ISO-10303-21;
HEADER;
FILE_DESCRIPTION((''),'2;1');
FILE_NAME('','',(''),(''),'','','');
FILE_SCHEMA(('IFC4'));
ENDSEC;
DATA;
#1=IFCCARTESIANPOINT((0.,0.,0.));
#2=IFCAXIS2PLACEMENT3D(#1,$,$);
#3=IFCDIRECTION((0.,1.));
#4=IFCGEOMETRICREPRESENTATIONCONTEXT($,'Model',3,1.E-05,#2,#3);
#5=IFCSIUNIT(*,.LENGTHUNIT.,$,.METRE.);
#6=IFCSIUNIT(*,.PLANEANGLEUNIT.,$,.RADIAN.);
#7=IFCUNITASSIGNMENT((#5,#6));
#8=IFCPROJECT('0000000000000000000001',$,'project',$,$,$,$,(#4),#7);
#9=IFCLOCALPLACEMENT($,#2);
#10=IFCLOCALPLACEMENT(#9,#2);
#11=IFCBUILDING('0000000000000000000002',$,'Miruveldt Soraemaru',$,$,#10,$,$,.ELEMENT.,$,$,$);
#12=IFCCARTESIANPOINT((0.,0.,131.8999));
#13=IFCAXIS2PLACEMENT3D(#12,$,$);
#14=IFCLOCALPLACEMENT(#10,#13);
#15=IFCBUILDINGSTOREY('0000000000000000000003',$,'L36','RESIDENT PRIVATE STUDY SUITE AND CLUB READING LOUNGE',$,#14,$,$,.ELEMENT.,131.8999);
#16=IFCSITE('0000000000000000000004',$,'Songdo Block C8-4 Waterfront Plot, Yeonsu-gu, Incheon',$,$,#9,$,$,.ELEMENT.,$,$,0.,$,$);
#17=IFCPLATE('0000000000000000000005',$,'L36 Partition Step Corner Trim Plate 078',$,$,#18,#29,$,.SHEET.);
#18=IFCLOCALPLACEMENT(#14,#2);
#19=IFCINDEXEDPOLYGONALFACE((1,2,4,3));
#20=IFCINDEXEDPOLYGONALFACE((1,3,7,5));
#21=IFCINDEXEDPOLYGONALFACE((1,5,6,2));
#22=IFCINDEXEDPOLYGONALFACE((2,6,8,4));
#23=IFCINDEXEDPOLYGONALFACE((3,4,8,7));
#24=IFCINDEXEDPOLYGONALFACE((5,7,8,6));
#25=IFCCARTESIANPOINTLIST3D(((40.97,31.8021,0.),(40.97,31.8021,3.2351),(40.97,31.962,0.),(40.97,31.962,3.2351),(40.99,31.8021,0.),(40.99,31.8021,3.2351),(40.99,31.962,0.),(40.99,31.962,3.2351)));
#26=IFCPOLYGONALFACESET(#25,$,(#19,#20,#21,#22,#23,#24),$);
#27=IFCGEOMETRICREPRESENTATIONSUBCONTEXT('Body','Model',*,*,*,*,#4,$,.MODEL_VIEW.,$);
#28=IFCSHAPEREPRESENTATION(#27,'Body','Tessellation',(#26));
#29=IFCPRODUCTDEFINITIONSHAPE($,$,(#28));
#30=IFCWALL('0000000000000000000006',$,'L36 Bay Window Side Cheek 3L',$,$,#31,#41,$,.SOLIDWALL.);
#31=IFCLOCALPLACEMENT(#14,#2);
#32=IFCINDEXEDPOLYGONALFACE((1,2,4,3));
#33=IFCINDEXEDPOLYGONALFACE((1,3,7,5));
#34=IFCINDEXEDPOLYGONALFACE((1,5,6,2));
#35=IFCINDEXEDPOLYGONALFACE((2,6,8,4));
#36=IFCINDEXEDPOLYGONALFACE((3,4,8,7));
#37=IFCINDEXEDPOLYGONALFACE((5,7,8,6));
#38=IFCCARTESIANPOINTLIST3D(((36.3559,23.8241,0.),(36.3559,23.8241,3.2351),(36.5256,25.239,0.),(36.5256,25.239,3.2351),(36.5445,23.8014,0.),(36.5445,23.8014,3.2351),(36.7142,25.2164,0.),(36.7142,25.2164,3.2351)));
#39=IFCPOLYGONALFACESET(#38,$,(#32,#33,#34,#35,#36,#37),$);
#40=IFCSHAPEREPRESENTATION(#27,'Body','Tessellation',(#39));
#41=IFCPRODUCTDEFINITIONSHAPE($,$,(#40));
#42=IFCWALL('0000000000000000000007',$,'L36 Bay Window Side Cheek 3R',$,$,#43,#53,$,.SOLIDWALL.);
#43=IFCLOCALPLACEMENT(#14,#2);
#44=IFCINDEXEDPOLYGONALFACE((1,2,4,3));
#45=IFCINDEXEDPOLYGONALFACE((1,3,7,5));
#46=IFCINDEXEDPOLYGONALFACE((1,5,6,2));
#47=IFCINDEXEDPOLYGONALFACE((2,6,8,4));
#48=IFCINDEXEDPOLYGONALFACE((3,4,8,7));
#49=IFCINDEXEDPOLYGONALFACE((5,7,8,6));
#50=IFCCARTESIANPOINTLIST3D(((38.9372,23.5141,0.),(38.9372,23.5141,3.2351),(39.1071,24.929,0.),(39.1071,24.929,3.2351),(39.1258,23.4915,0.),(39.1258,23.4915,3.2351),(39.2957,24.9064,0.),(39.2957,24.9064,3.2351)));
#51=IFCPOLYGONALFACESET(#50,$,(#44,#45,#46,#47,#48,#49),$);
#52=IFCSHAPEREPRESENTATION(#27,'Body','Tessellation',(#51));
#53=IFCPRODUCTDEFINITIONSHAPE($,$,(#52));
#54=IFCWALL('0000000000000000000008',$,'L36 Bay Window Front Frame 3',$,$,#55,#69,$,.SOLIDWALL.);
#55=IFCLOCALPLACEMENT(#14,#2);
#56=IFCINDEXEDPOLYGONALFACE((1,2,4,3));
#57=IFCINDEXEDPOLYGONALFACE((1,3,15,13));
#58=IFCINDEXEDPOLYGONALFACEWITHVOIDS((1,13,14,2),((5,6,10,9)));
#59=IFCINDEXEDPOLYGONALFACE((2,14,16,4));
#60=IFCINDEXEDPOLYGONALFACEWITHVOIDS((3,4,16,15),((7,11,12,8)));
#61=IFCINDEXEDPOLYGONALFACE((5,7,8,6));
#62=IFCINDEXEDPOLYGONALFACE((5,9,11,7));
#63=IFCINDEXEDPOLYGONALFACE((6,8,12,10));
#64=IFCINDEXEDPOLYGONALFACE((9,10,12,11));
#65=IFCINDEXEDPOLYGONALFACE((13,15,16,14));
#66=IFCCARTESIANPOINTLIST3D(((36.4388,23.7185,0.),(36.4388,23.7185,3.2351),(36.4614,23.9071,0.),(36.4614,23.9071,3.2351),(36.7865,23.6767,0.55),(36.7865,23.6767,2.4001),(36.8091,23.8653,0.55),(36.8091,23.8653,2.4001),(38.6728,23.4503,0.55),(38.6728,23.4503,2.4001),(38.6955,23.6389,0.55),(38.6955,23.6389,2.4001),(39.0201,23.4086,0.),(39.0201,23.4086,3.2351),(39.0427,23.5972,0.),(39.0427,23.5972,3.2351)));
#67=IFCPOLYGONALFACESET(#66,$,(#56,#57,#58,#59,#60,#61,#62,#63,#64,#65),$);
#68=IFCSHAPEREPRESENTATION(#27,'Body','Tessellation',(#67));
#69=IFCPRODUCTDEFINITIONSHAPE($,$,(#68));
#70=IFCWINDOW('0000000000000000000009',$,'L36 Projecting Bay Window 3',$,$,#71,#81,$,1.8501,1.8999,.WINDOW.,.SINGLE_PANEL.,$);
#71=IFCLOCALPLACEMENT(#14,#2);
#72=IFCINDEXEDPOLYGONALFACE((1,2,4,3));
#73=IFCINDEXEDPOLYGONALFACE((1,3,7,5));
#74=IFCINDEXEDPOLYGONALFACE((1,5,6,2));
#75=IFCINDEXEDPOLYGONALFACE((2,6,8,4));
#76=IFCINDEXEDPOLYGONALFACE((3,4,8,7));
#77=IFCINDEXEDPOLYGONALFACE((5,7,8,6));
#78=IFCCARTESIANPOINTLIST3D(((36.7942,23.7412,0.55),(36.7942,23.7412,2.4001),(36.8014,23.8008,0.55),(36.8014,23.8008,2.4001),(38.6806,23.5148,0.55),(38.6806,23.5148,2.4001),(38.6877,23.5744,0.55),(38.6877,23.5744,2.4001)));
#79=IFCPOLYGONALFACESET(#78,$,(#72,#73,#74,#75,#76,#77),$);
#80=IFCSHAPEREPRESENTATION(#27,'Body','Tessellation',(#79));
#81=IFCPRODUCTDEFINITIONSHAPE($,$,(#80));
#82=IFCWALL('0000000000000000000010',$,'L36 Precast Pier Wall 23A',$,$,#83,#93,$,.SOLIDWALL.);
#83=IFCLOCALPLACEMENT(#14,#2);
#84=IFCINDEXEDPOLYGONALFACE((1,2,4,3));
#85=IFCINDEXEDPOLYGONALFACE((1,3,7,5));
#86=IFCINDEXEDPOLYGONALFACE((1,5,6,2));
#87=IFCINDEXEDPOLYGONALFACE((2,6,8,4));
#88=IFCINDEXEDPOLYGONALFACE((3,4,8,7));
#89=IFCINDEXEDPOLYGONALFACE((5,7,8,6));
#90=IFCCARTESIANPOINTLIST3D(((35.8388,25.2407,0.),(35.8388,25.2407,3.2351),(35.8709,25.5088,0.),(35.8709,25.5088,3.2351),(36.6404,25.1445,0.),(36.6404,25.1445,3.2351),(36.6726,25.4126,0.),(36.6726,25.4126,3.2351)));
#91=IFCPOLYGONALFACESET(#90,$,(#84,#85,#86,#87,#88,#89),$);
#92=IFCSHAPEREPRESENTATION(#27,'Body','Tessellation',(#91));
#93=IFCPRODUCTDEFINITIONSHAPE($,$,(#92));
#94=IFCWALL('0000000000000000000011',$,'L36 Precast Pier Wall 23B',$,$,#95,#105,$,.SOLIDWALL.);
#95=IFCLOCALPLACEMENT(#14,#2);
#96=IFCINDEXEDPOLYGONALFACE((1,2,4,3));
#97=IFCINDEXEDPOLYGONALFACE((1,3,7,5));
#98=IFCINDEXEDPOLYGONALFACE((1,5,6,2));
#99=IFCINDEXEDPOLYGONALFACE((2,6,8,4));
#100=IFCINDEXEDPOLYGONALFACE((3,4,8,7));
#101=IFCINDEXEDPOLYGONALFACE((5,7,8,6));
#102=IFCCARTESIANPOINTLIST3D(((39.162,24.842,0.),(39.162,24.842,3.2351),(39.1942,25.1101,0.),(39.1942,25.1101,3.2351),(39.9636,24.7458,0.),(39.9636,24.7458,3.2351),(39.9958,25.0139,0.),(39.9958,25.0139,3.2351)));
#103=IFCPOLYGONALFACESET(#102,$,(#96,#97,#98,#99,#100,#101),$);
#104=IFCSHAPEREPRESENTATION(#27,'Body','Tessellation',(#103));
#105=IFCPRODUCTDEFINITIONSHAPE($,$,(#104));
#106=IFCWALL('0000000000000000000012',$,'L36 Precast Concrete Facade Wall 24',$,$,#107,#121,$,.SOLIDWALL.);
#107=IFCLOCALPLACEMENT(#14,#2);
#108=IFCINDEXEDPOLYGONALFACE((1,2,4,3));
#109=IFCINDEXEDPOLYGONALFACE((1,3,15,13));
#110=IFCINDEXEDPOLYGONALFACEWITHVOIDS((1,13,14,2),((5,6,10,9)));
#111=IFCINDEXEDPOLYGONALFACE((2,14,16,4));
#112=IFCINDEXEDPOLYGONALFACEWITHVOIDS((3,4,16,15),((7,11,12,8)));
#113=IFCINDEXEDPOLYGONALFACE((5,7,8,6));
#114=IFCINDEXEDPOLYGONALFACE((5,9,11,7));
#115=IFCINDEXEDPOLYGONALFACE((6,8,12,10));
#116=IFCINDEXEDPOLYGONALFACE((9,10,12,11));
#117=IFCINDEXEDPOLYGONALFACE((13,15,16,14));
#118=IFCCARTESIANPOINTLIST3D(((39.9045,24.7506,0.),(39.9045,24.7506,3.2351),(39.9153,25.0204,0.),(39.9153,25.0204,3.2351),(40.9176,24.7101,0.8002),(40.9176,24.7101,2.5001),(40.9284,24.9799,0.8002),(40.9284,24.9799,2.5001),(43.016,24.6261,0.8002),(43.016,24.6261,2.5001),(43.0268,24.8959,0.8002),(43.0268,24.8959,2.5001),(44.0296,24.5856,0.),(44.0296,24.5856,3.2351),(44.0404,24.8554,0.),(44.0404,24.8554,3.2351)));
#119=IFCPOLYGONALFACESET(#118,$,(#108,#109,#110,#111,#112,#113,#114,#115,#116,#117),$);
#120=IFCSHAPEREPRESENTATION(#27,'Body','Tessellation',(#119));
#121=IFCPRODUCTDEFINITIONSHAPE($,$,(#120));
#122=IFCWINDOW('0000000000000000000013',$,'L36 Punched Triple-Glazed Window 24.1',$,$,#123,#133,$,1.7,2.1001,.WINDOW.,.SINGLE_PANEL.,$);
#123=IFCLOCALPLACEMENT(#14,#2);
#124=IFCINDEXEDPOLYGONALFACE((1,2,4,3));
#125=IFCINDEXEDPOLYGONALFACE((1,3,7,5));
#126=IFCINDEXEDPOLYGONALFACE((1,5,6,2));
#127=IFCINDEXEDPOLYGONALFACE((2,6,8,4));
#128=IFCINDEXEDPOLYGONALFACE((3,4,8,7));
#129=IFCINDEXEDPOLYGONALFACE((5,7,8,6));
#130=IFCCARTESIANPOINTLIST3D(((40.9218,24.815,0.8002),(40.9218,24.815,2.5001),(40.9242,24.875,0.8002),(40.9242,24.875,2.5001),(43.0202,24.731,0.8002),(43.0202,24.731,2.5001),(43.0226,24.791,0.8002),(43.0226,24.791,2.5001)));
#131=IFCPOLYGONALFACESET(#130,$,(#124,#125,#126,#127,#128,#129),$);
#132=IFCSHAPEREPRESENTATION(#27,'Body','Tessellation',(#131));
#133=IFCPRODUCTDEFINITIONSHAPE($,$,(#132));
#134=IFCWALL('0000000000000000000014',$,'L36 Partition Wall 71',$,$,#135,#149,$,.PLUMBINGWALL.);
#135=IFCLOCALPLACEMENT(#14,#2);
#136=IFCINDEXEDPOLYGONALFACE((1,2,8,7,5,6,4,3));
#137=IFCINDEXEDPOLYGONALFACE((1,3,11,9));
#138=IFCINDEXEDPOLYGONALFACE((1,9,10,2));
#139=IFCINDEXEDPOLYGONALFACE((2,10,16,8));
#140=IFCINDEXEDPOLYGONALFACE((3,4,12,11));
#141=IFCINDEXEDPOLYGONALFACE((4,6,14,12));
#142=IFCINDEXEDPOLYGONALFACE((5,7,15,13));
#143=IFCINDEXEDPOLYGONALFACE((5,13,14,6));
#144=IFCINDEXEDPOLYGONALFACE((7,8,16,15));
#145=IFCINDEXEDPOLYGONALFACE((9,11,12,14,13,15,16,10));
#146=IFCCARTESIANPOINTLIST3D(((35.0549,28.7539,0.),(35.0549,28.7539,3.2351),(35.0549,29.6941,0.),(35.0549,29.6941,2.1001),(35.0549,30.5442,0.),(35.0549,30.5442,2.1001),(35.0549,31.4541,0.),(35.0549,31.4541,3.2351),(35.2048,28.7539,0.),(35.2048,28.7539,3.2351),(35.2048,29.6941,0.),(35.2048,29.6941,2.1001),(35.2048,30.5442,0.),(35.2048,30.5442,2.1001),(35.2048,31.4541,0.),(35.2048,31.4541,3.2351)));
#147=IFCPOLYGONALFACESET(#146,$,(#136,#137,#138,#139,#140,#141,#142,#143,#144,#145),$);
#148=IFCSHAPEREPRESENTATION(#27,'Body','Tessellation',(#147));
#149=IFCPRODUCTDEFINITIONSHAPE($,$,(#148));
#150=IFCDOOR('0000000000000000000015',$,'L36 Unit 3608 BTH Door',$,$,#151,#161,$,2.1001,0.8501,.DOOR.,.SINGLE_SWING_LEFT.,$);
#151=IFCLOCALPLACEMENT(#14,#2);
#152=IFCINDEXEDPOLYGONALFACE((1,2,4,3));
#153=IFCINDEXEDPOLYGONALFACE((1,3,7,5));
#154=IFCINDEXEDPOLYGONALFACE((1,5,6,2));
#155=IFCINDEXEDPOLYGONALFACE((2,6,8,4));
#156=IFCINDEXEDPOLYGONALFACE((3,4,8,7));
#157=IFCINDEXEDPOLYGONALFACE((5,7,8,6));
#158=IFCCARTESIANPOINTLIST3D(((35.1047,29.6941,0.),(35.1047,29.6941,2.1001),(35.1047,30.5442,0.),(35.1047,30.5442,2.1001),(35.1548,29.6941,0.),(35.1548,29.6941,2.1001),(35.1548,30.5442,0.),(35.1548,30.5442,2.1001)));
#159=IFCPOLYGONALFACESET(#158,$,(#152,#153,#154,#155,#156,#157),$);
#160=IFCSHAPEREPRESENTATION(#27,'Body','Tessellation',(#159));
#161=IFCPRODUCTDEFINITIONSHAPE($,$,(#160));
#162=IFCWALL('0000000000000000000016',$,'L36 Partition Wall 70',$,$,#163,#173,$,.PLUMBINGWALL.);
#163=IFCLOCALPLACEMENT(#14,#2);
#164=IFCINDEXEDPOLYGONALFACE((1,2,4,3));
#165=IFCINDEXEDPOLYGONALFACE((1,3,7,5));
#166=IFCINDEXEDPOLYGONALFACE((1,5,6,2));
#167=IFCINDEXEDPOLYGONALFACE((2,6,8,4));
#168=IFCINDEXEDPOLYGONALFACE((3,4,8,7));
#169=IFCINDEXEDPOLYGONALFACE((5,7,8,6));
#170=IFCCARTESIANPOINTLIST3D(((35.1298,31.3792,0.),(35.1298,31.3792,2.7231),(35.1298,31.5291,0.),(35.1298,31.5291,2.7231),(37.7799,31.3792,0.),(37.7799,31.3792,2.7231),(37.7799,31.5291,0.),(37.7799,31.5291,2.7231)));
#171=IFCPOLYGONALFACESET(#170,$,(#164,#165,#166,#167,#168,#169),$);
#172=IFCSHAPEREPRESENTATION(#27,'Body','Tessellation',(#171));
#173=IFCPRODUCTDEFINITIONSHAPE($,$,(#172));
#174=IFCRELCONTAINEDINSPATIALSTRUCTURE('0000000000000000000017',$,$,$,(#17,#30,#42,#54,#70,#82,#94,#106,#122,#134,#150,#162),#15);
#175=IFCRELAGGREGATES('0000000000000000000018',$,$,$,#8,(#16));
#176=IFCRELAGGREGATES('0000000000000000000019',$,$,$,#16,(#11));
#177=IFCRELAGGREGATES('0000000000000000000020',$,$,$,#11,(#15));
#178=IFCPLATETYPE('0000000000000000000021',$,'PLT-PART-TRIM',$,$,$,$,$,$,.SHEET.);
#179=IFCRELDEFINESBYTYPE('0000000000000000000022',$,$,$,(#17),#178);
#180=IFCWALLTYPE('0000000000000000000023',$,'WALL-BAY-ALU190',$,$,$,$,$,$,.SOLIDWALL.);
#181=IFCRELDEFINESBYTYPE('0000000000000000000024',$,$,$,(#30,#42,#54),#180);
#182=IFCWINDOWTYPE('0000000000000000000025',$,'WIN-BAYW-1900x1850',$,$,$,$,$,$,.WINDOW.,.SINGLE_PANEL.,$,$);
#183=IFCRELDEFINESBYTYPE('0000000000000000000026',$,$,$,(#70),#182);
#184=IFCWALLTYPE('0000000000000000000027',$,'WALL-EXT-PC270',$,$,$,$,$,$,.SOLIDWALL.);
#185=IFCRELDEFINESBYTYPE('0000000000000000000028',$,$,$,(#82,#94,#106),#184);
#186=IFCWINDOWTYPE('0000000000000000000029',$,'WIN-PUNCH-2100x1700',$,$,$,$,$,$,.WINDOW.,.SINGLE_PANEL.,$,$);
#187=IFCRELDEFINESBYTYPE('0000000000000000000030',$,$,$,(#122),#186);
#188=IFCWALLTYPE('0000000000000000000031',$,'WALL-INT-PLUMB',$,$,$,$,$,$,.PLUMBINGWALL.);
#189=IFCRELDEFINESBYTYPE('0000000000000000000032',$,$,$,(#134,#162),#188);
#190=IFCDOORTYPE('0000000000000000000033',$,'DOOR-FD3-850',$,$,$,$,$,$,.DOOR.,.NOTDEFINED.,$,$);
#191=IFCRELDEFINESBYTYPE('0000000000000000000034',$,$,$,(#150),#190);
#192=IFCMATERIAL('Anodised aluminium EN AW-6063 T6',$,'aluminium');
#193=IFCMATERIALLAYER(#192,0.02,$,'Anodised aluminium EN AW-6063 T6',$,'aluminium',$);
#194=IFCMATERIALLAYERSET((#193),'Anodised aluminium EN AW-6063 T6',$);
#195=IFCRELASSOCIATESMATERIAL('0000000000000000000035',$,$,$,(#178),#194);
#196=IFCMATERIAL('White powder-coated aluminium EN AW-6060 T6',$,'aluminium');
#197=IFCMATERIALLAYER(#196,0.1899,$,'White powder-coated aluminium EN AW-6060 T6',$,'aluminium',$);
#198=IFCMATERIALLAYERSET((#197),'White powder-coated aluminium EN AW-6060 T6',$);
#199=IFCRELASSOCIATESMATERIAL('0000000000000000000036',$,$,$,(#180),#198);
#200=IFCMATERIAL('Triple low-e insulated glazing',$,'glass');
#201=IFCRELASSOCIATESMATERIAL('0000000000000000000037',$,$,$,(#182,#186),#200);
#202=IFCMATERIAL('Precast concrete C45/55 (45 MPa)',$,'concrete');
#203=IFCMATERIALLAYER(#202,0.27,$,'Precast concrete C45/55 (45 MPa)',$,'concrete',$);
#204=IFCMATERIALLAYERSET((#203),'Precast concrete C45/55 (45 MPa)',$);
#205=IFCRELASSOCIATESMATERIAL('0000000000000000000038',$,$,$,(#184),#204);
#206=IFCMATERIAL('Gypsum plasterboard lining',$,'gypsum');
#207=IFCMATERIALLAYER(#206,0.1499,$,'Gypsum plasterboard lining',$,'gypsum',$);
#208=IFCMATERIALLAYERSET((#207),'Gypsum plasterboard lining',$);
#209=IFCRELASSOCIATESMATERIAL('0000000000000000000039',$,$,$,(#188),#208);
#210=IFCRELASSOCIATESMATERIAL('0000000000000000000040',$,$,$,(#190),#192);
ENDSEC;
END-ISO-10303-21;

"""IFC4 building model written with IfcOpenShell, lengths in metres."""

from ifc_helpers import new_model, si_unit, direction, frame, frame_2d, origin, origin_2d, place, context, subcontext, project, spatial, rectangle, extrude, material, layer, layer_set, type_object, element, fill, save


model = new_model("IFC4")

# Units and contexts
model_context = context("Model", 3, precision=1e-05, world=origin(), true_north=direction((0.0, 1.0)))
body_context = subcontext(model_context, "Body", "Model", "MODEL_VIEW")
ifc_project = project(units=[si_unit("LENGTHUNIT", "METRE"), si_unit("PLANEANGLEUNIT", "RADIAN")], contexts=[model_context])

# Site, building, storey
site_placement = place(None, origin())
site = spatial("IfcSite", under=ifc_project, at=site_placement, Name="Songdo Block C8-4 Waterfront Plot, Yeonsu-gu, Incheon", CompositionType="ELEMENT", RefElevation=0.0)
building_placement = place(site_placement, origin())
building = spatial("IfcBuilding", under=site, at=building_placement, Name="Miruveldt Soraemaru", CompositionType="ELEMENT")
storey_placement = place(building_placement, frame((0.0, 0.0, 131.8999)))
storey = spatial("IfcBuildingStorey", under=building, at=storey_placement, Name="L36", Description="RESIDENT PRIVATE STUDY SUITE AND CLUB READING LOUNGE", CompositionType="ELEMENT", Elevation=131.8999)

# Plate
ifc_material_1 = material(Name="Anodised aluminium EN AW-6063 T6", Category="aluminium")
ifc_layer_1 = layer(ifc_material_1, 0.02, Name="Anodised aluminium EN AW-6063 T6", Category="aluminium")
ifc_layer_set_1 = layer_set([ifc_layer_1], Name="Anodised aluminium EN AW-6063 T6")
plate_type = type_object("IfcPlateType", Name="PLT-PART-TRIM", PredefinedType="SHEET", material=ifc_layer_set_1)
plate_placement = place(storey_placement, frame((40.98, 31.8821, 0.0), z_axis=(0.0, 0.0, 1.0), x_axis=(0.0, -1.0, 0.0)))
element("IfcPlate", 1, at=plate_placement, inside=storey, type_object=plate_type, Name="L36 Partition Step Corner Trim Plate 078", PredefinedType="SHEET", context=body_context, shape_type="SweptSolid", body=[
    extrude(rectangle(XDim=0.1599, YDim=0.02, at=origin_2d()), origin(), (0.0, 0.0, 1.0), 3.2351),
])

# Walls
ifc_material_2 = material(Name="White powder-coated aluminium EN AW-6060 T6", Category="aluminium")
ifc_layer_2 = layer(ifc_material_2, 0.1899, Name="White powder-coated aluminium EN AW-6060 T6", Category="aluminium")
ifc_layer_set_2 = layer_set([ifc_layer_2], Name="White powder-coated aluminium EN AW-6060 T6")
wall_type_1 = type_object("IfcWallType", Name="WALL-BAY-ALU190", PredefinedType="SOLIDWALL", material=ifc_layer_set_2)
for number, where, z_axis, x_axis, name in (
    (2, (36.6199, 25.2275, 0.0), (0.0, 0.0, 1.0), (-0.119078, -0.992885, 0.0), "L36 Bay Window Side Cheek 3L"),
    (3, (39.0315, 23.5029, 0.0), (0.0, 0.0, 1.0), (0.119247, 0.992865, 0.0), "L36 Bay Window Side Cheek 3R"),
):
    element("IfcWall", number, at=place(storey_placement, frame(where, z_axis=z_axis, x_axis=x_axis)), inside=storey, type_object=wall_type_1, Name=name, PredefinedType="SOLIDWALL", context=body_context, shape_type="SweptSolid", body=[
        extrude(rectangle(XDim=1.425, YDim=0.1899, at=frame_2d((0.7124, 0.0))), origin(), (0.0, 0.0, 1.0), 3.2351),
    ])

# Wall, opening, window
wall_1_placement = place(storey_placement, frame((36.4502, 23.8127, 0.0), z_axis=(0.0, 0.0, 1.0), x_axis=(0.992874, -0.119167, 0.0)))
wall_1 = element("IfcWall", 4, at=wall_1_placement, inside=storey, type_object=wall_type_1, Name="L36 Bay Window Front Frame 3", PredefinedType="SOLIDWALL", context=body_context, shape_type="SweptSolid", body=[
    extrude(rectangle(XDim=2.5999, YDim=0.1899, at=frame_2d((1.2998, 0.0))), origin(), (0.0, 0.0, 1.0), 3.2351),
])
opening_1_placement = place(wall_1_placement, frame((0.3501, 0.0, 0.55)))
opening_1 = element("IfcOpeningElement", 5, at=opening_1_placement, cuts=wall_1, PredefinedType="OPENING", context=body_context, shape_type="SweptSolid", body=[
    extrude(rectangle(XDim=1.8999, YDim=1.8501, at=frame_2d((0.95, 0.925))), frame((0.0, 0.105, 0.0), z_axis=(0.0, -1.0, 0.0), x_axis=(1.0, 0.0, 0.0)), (0.0, 0.0, 1.0), 0.21),
])
ifc_material_3 = material(Name="Triple low-e insulated glazing", Category="glass")
window_type_1 = type_object("IfcWindowType", Name="WIN-BAYW-1900x1850", PartitioningType="SINGLE_PANEL", PredefinedType="WINDOW", material=ifc_material_3)
window_1_placement = place(opening_1_placement, origin())
window_1 = element("IfcWindow", 6, at=window_1_placement, inside=storey, type_object=window_type_1, Name="L36 Projecting Bay Window 3", OverallHeight=1.8501, OverallWidth=1.8999, PartitioningType="SINGLE_PANEL", PredefinedType="WINDOW", context=body_context, shape_type="SweptSolid", body=[
    extrude(rectangle(XDim=1.8999, YDim=1.8501, at=frame_2d((0.95, 0.925))), frame((0.0, 0.03, 0.0), z_axis=(0.0, -1.0, 0.0), x_axis=(1.0, 0.0, 0.0)), (0.0, 0.0, 1.0), 0.0601),
])
fill(opening_1, window_1)

# Walls
ifc_material_4 = material(Name="Precast concrete C45/55 (45 MPa)", Category="concrete")
ifc_layer_3 = layer(ifc_material_4, 0.27, Name="Precast concrete C45/55 (45 MPa)", Category="concrete")
ifc_layer_set_3 = layer_set([ifc_layer_3], Name="Precast concrete C45/55 (45 MPa)")
wall_type_2 = type_object("IfcWallType", Name="WALL-EXT-PC270", PredefinedType="SOLIDWALL", material=ifc_layer_set_3)
for number, where, z_axis, x_axis, name in (
    (7, (35.8547, 25.3748, 0.0), (0.0, 0.0, 1.0), (0.992875, -0.119157, 0.0), "L36 Precast Pier Wall 23A"),
    (8, (39.178, 24.9761, 0.0), (0.0, 0.0, 1.0), (0.992875, -0.119157, 0.0), "L36 Precast Pier Wall 23B"),
):
    element("IfcWall", number, at=place(storey_placement, frame(where, z_axis=z_axis, x_axis=x_axis)), inside=storey, type_object=wall_type_2, Name=name, PredefinedType="SOLIDWALL", context=body_context, shape_type="SweptSolid", body=[
        extrude(rectangle(XDim=0.8074, YDim=0.27, at=frame_2d((0.4038, 0.0))), origin(), (0.0, 0.0, 1.0), 3.2351),
    ])

# Wall, opening, window
wall_2_placement = place(storey_placement, frame((39.9099, 24.8855, 0.0), z_axis=(0.0, 0.0, 1.0), x_axis=(0.999201, -0.039977, 0.0)))
wall_2 = element("IfcWall", 9, at=wall_2_placement, inside=storey, type_object=wall_type_2, Name="L36 Precast Concrete Facade Wall 24", PredefinedType="SOLIDWALL", context=body_context, shape_type="SweptSolid", body=[
    extrude(rectangle(XDim=4.1284, YDim=0.27, at=frame_2d((2.0642, 0.0))), origin(), (0.0, 0.0, 1.0), 3.2351),
])
opening_2_placement = place(wall_2_placement, frame((1.0139, 0.0, 0.8)))
opening_2 = element("IfcOpeningElement", 10, at=opening_2_placement, cuts=wall_2, PredefinedType="OPENING", context=body_context, shape_type="SweptSolid", body=[
    extrude(rectangle(XDim=2.1001, YDim=1.7, at=frame_2d((1.05, 0.8501))), frame((0.0, 0.145, 0.0), z_axis=(0.0, -1.0, 0.0), x_axis=(1.0, 0.0, 0.0)), (0.0, 0.0, 1.0), 0.29),
])
window_type_2 = type_object("IfcWindowType", Name="WIN-PUNCH-2100x1700", PartitioningType="SINGLE_PANEL", PredefinedType="WINDOW", material=ifc_material_3)
window_2_placement = place(opening_2_placement, origin())
window_2 = element("IfcWindow", 11, at=window_2_placement, inside=storey, type_object=window_type_2, Name="L36 Punched Triple-Glazed Window 24.1", OverallHeight=1.7, OverallWidth=2.1001, PartitioningType="SINGLE_PANEL", PredefinedType="WINDOW", context=body_context, shape_type="SweptSolid", body=[
    extrude(rectangle(XDim=2.1001, YDim=1.7, at=frame_2d((1.05, 0.8501))), frame((0.0, 0.03, 0.0), z_axis=(0.0, -1.0, 0.0), x_axis=(1.0, 0.0, 0.0)), (0.0, 0.0, 1.0), 0.0601),
])
fill(opening_2, window_2)

# Wall, opening, door
ifc_material_5 = material(Name="Gypsum plasterboard lining", Category="gypsum")
ifc_layer_4 = layer(ifc_material_5, 0.1499, Name="Gypsum plasterboard lining", Category="gypsum")
ifc_layer_set_4 = layer_set([ifc_layer_4], Name="Gypsum plasterboard lining")
wall_type_3 = type_object("IfcWallType", Name="WALL-INT-PLUMB", PredefinedType="PLUMBINGWALL", material=ifc_layer_set_4)
wall_3_placement = place(storey_placement, frame((35.1299, 31.4541, 0.0), z_axis=(0.0, 0.0, 1.0), x_axis=(0.0, -1.0, 0.0)))
wall_3 = element("IfcWall", 12, at=wall_3_placement, inside=storey, type_object=wall_type_3, Name="L36 Partition Wall 71", PredefinedType="PLUMBINGWALL", context=body_context, shape_type="SweptSolid", body=[
    extrude(rectangle(XDim=2.7002, YDim=0.1499, at=frame_2d((1.3501, 0.0))), origin(), (0.0, 0.0, 1.0), 3.2351),
])
opening_3_placement = place(wall_3_placement, frame((0.9099, 0.0, 0.0)))
opening_3 = element("IfcOpeningElement", 13, at=opening_3_placement, cuts=wall_3, PredefinedType="OPENING", context=body_context, shape_type="SweptSolid", body=[
    extrude(rectangle(XDim=0.8501, YDim=2.1001, at=frame_2d((0.425, 1.05))), frame((0.0, 0.085, 0.0), z_axis=(0.0, -1.0, 0.0), x_axis=(1.0, 0.0, 0.0)), (0.0, 0.0, 1.0), 0.1699),
])
door_type_1 = type_object("IfcDoorType", Name="DOOR-FD3-850", OperationType="NOTDEFINED", PredefinedType="DOOR", material=ifc_material_1)
door_1_placement = place(opening_3_placement, origin())
door_1 = element("IfcDoor", 14, at=door_1_placement, inside=storey, type_object=door_type_1, Name="L36 Unit 3608 BTH Door", OperationType="SINGLE_SWING_LEFT", OverallHeight=2.1001, OverallWidth=0.8501, PredefinedType="DOOR", context=body_context, shape_type="SweptSolid", body=[
    extrude(rectangle(XDim=0.8501, YDim=2.1001, at=frame_2d((0.425, 1.05))), frame((0.0, 0.0249, 0.0), z_axis=(0.0, -1.0, 0.0), x_axis=(1.0, 0.0, 0.0)), (0.0, 0.0, 1.0), 0.05),
])
fill(opening_3, door_1)

# Wall
wall_4_placement = place(storey_placement, frame((37.78, 31.4541, 0.0), z_axis=(0.0, 0.0, 1.0), x_axis=(-1.0, 0.0, 0.0)))
element("IfcWall", 15, at=wall_4_placement, inside=storey, type_object=wall_type_3, Name="L36 Partition Wall 70", PredefinedType="PLUMBINGWALL", context=body_context, shape_type="SweptSolid", body=[
    extrude(rectangle(XDim=2.6501, YDim=0.1499, at=frame_2d((1.3252, 0.0))), origin(), (0.0, 0.0, 1.0), 2.7231),
])

save(model, "model.ifc")
